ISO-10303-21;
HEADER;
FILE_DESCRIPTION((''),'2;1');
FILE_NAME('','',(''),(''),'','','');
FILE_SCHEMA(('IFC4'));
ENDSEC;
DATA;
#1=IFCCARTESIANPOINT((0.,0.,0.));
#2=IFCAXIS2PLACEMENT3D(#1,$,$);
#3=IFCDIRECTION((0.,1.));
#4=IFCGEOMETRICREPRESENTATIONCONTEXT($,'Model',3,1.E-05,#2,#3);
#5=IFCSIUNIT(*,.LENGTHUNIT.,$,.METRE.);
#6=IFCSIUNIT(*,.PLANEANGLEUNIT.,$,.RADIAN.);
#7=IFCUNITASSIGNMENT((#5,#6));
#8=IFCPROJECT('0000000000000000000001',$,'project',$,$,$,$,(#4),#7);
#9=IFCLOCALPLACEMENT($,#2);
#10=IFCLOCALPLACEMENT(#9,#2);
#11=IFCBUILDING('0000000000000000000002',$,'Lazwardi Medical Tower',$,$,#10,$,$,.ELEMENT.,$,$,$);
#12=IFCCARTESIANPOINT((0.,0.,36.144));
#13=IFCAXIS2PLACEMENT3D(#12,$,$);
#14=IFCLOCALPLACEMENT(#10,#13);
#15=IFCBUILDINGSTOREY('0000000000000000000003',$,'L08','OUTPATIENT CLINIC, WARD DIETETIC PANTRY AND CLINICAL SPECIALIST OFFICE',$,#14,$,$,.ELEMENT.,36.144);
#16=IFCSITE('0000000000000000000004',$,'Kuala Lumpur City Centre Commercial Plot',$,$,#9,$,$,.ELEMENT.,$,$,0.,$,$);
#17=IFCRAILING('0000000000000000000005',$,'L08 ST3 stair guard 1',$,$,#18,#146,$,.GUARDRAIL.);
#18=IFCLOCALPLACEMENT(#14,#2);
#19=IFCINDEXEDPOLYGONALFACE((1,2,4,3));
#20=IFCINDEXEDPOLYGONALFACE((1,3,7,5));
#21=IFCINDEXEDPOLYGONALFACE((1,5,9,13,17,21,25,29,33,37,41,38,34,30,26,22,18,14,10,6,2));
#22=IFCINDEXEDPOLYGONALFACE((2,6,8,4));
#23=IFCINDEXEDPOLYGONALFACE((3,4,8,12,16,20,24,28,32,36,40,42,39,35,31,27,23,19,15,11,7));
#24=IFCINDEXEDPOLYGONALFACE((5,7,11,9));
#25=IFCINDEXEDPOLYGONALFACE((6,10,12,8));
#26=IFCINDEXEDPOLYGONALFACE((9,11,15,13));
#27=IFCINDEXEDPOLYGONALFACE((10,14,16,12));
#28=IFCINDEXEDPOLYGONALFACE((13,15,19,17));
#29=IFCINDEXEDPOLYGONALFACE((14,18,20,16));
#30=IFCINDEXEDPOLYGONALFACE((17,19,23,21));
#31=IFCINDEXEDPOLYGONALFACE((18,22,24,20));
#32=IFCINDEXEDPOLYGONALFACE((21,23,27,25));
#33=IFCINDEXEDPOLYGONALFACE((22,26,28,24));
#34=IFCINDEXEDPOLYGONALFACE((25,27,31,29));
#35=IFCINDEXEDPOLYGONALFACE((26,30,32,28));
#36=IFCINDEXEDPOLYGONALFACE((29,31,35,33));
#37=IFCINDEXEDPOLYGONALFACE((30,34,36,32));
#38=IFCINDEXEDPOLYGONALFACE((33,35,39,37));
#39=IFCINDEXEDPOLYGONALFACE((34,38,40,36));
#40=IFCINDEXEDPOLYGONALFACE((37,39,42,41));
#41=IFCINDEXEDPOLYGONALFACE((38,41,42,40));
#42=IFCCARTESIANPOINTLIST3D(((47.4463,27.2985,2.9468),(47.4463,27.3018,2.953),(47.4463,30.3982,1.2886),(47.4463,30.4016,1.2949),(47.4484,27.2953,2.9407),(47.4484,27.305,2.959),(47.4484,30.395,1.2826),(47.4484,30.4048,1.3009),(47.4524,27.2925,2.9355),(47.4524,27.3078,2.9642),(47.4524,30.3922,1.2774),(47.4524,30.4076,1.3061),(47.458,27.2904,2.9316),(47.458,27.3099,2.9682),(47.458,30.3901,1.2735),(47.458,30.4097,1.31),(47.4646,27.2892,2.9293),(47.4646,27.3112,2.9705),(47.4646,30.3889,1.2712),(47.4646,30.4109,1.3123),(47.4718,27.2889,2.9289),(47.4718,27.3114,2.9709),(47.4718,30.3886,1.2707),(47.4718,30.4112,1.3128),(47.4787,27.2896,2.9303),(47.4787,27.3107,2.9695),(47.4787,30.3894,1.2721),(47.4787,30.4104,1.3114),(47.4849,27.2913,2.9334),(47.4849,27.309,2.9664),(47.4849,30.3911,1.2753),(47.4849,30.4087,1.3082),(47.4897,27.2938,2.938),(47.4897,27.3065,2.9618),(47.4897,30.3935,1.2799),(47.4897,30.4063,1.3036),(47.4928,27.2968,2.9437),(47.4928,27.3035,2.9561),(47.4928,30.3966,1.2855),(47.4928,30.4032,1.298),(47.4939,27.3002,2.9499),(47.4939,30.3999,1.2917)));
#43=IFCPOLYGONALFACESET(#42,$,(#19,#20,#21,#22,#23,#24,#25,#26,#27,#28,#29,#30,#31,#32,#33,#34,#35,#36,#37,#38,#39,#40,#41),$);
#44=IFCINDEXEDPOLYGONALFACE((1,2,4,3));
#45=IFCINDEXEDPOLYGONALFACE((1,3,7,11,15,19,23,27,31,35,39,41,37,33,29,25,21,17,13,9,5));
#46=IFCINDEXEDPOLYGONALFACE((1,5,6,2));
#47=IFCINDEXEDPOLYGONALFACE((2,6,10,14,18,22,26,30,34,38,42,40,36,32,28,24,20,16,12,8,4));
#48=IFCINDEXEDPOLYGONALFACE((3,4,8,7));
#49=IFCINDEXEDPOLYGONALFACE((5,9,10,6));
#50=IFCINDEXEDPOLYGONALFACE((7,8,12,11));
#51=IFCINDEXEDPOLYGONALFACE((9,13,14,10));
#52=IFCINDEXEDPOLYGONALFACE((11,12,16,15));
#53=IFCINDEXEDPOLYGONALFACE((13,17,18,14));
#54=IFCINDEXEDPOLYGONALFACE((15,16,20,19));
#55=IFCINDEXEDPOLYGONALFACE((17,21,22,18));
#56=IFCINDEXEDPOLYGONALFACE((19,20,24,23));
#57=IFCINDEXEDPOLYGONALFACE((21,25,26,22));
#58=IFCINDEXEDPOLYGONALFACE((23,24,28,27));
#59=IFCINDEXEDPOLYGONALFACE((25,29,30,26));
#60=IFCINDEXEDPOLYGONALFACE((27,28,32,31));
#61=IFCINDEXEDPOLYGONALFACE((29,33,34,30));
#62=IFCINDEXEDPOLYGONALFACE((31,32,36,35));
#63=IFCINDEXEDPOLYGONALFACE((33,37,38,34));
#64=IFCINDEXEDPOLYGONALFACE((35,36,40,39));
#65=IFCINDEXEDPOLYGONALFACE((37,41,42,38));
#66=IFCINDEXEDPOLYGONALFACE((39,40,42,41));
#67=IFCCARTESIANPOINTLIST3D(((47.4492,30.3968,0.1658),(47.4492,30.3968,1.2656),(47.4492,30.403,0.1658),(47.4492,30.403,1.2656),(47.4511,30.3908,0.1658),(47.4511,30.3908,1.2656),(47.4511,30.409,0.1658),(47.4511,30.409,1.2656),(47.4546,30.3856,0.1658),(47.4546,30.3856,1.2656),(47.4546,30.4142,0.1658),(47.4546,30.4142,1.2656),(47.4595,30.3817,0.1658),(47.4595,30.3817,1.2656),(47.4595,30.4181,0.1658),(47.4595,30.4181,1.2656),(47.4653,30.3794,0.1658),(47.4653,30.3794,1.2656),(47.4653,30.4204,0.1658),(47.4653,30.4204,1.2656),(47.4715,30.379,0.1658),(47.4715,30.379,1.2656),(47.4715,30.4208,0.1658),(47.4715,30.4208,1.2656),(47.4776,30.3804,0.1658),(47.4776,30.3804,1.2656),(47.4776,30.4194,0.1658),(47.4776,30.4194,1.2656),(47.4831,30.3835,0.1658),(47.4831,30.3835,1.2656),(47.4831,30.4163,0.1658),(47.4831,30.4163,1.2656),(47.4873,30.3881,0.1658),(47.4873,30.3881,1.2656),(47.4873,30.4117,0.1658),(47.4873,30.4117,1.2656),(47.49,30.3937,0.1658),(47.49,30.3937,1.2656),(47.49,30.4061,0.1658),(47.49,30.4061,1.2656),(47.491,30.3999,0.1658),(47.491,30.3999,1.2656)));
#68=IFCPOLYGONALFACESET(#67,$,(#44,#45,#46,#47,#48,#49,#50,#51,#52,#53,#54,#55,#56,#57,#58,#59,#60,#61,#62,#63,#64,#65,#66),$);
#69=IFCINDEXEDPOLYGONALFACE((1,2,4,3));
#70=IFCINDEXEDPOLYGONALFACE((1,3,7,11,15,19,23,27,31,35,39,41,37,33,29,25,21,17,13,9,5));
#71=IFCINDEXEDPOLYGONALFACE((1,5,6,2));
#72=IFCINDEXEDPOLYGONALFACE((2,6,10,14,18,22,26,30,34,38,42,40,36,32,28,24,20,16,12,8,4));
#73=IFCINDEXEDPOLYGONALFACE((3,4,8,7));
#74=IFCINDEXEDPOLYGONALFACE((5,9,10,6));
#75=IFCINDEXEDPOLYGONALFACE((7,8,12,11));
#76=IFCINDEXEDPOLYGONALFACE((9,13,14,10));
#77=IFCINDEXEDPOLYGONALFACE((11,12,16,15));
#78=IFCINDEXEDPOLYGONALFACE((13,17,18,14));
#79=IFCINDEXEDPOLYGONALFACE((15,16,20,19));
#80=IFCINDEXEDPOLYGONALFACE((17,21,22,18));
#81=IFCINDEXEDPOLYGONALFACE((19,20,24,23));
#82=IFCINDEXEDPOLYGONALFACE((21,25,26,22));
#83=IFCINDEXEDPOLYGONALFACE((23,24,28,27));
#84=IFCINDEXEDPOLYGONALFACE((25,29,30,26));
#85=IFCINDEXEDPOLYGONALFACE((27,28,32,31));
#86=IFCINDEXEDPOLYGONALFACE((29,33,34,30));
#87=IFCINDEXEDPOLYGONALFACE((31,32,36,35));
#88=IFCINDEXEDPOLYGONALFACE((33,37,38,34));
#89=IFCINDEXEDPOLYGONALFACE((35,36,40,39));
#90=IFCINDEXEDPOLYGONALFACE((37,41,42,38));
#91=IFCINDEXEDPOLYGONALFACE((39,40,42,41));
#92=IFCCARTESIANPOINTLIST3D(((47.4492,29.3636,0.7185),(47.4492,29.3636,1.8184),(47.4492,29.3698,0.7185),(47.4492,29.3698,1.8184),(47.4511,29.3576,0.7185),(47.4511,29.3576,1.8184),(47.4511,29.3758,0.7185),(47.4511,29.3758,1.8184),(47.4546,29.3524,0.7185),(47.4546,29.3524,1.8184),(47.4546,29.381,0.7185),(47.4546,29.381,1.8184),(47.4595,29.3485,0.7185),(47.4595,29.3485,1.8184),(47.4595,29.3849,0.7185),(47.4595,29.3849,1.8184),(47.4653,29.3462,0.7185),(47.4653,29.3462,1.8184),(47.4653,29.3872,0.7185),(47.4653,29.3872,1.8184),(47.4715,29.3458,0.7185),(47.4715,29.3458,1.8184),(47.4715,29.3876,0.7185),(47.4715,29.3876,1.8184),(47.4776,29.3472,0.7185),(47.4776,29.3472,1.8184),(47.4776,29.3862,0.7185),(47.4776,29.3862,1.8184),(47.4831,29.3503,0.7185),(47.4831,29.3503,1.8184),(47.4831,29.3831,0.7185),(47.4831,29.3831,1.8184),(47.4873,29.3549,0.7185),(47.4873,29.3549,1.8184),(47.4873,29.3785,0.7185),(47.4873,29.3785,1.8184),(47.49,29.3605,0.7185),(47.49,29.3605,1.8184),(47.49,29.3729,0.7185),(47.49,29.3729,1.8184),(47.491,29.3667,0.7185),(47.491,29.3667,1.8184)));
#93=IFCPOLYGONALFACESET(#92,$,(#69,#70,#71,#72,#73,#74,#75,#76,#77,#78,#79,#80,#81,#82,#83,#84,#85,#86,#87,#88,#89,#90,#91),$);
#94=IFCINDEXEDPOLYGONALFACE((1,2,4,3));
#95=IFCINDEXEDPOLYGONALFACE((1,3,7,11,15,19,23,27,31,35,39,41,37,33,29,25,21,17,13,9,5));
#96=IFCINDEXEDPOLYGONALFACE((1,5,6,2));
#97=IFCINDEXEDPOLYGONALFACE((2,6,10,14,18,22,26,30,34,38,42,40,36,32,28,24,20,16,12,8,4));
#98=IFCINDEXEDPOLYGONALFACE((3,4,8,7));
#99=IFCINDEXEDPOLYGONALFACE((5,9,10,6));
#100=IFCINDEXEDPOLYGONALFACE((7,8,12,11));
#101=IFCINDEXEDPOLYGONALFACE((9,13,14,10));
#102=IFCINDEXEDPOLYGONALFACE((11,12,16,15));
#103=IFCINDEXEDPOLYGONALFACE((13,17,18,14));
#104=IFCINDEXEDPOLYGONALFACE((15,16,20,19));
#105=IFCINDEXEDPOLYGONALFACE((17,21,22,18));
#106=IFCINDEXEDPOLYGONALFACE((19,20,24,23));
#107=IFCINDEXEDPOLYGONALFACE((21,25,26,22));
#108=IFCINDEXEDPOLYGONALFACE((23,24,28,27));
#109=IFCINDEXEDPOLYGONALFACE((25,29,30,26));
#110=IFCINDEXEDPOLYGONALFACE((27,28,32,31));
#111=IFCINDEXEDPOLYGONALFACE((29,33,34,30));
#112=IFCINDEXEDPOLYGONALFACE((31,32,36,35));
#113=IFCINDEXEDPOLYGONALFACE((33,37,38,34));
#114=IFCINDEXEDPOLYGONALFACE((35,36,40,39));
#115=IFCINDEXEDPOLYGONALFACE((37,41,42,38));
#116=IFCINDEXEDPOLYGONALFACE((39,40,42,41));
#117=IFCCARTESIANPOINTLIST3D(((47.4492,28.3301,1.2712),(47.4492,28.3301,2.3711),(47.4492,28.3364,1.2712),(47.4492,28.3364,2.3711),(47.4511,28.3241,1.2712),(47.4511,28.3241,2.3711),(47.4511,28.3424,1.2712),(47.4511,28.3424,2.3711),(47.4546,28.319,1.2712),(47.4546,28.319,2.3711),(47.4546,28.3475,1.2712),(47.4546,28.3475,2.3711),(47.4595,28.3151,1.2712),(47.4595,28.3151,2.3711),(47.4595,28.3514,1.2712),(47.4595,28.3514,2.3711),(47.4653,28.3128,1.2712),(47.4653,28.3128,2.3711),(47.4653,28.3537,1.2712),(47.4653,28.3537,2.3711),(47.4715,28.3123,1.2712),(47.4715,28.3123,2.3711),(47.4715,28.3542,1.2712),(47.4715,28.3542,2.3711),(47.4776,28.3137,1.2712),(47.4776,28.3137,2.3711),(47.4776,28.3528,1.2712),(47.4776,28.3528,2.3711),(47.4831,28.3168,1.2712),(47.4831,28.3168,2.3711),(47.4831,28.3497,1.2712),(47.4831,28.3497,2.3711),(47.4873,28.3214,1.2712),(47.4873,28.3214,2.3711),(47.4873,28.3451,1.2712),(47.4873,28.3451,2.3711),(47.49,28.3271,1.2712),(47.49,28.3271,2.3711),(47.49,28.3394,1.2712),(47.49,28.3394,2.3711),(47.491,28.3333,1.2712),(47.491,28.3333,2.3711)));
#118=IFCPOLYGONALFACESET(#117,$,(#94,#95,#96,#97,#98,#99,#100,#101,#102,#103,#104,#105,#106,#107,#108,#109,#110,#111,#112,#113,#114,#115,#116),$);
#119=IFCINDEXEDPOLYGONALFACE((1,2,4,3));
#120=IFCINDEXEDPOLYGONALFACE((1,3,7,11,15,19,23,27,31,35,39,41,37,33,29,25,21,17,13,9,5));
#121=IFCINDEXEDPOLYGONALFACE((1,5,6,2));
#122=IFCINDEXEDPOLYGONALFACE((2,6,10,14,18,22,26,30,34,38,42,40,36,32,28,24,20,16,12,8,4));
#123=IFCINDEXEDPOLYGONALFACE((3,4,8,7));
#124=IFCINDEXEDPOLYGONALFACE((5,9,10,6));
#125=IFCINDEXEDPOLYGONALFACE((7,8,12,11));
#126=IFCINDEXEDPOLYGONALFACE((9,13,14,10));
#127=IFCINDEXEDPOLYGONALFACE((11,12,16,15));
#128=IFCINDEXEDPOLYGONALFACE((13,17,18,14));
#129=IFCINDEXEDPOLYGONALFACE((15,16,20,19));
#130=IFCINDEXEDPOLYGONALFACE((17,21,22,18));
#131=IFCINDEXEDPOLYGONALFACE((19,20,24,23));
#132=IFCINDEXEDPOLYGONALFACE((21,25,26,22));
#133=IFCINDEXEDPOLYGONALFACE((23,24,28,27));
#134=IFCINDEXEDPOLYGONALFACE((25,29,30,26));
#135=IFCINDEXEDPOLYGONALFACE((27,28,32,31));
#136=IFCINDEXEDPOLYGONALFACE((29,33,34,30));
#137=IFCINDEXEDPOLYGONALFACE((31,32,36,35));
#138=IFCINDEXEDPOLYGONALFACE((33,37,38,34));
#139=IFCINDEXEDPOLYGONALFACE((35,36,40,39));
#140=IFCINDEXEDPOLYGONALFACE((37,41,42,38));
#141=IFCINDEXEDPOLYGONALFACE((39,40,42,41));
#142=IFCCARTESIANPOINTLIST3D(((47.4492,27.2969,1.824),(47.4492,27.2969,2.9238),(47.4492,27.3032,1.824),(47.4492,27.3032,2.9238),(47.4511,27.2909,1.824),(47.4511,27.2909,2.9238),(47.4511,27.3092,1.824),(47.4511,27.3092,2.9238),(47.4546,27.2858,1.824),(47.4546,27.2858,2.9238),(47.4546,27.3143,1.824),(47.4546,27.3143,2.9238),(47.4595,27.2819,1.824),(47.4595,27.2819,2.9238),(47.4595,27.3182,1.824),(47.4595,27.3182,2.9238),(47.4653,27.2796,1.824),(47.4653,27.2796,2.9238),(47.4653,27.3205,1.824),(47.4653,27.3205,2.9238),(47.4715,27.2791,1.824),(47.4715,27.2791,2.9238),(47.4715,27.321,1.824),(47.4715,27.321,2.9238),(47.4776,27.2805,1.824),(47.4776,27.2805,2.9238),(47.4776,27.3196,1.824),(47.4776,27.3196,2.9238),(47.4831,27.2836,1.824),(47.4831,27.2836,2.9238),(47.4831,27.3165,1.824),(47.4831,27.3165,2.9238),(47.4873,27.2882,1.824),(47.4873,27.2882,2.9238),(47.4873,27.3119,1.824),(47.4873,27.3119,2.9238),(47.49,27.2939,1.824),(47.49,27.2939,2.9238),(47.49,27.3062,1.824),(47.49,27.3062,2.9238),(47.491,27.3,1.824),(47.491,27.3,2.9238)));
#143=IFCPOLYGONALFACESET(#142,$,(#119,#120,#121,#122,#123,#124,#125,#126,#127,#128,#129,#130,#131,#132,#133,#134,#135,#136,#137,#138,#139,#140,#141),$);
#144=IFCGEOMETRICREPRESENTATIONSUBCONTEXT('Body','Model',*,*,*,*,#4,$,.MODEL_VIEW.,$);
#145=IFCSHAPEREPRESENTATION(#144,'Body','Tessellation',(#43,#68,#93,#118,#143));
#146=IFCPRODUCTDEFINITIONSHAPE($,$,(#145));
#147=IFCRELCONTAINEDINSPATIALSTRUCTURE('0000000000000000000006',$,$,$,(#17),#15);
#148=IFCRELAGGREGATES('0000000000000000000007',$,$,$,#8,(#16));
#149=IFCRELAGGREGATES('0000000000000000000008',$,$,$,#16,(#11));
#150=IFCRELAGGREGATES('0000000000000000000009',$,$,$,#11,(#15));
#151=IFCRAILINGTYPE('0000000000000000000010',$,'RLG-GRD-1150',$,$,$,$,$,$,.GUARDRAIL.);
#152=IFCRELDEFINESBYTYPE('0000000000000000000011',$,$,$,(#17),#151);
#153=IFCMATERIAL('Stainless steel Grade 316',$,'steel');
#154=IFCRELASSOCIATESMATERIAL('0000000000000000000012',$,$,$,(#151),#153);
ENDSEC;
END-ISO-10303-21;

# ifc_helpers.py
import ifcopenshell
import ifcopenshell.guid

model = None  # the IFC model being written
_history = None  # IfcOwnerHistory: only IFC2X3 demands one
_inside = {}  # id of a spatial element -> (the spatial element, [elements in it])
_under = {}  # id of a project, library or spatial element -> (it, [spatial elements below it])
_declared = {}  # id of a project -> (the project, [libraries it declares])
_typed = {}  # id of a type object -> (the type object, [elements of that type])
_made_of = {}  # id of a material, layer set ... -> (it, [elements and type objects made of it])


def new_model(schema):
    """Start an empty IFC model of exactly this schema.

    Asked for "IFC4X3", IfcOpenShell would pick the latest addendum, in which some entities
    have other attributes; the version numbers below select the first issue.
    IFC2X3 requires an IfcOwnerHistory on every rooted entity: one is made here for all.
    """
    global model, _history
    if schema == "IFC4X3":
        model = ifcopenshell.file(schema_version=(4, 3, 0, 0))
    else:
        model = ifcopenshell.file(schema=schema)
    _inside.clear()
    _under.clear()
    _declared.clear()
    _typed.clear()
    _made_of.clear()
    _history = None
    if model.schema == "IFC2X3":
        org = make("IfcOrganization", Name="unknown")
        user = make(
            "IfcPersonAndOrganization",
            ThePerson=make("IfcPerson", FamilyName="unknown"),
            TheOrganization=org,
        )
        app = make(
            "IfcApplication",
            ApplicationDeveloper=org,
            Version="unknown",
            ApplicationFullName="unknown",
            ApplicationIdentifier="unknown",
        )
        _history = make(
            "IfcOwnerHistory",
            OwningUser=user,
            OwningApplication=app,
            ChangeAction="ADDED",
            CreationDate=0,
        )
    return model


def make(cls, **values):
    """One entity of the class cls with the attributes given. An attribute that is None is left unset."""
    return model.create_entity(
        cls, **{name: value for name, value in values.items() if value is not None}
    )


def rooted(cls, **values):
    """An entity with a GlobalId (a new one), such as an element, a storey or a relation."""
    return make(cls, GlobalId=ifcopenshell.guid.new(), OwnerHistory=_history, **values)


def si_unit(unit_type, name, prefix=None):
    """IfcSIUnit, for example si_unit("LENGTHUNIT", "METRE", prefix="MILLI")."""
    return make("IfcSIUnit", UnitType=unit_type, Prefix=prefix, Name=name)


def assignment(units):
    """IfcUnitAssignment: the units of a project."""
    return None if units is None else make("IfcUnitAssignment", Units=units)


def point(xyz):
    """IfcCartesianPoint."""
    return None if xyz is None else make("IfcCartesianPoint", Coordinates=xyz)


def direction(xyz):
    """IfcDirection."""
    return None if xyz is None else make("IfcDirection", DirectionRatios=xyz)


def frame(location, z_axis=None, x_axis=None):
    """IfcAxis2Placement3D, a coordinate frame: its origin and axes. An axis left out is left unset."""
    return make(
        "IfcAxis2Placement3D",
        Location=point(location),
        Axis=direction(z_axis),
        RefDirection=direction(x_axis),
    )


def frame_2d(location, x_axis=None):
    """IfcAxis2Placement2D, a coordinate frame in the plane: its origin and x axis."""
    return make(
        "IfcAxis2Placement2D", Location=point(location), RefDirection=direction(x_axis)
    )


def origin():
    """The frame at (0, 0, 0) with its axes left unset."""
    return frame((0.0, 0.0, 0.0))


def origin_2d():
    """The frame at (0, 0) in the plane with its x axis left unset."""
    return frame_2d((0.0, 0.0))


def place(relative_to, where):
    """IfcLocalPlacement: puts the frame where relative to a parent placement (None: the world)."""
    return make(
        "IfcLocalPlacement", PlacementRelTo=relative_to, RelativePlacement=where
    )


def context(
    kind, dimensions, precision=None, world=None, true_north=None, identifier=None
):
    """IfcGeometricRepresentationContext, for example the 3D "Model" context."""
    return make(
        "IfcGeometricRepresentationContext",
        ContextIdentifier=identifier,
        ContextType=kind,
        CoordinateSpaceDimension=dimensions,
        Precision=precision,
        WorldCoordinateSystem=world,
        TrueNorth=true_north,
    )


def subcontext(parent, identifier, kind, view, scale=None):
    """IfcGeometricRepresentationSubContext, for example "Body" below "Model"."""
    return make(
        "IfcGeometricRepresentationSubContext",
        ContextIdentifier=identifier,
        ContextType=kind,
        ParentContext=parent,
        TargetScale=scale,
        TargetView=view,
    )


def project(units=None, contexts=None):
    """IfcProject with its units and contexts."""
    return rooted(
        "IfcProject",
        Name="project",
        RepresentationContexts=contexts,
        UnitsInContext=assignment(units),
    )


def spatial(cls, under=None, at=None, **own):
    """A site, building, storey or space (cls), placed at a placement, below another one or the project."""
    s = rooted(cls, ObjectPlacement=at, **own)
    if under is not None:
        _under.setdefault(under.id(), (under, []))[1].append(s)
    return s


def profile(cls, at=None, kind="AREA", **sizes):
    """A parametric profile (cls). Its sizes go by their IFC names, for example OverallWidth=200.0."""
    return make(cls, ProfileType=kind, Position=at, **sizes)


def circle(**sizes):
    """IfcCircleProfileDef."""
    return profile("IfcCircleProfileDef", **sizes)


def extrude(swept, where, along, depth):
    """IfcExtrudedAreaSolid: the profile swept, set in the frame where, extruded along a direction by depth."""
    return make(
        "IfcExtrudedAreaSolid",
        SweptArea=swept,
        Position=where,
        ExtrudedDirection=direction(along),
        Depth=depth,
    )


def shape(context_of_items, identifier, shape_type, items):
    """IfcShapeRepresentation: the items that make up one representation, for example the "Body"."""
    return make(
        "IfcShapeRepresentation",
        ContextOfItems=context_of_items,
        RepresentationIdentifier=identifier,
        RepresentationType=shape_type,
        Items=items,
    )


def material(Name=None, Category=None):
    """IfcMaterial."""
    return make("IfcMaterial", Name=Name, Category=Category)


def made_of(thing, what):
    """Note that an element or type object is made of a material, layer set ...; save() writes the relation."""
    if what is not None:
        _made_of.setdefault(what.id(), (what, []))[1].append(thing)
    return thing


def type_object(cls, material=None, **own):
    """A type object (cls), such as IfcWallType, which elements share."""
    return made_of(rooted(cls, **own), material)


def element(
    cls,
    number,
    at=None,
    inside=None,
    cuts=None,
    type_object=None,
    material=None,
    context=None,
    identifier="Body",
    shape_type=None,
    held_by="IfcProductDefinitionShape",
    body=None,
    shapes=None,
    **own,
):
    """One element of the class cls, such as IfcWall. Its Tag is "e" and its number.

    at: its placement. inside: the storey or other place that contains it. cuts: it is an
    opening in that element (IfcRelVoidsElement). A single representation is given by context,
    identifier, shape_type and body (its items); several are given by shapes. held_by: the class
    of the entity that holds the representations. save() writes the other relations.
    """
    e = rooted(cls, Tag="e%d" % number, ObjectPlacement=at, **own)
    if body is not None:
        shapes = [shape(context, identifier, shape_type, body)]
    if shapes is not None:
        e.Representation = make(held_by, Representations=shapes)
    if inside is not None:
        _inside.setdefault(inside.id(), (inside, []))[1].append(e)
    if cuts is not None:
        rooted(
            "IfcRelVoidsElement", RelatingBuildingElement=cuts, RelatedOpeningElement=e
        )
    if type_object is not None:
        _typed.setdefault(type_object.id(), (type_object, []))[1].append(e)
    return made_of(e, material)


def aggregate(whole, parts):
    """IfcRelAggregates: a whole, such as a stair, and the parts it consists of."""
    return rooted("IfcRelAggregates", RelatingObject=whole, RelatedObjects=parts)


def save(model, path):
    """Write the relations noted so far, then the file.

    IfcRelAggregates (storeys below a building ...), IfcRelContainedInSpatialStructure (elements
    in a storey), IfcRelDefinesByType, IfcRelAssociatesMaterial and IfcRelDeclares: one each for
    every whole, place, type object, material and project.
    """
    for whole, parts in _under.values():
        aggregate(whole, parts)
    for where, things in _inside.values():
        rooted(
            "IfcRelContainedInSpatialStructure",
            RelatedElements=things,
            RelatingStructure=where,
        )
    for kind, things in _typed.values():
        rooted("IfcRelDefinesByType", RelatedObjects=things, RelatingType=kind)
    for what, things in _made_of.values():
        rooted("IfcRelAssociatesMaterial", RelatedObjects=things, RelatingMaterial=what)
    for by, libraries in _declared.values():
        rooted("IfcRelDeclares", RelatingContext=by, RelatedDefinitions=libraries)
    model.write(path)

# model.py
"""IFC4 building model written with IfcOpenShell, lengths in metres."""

from ifc_helpers import new_model, si_unit, direction, frame, origin, origin_2d, place, context, subcontext, project, spatial, circle, extrude, material, type_object, element, save


model = new_model("IFC4")

# Units and contexts
model_context = context("Model", 3, precision=1e-05, world=origin(), true_north=direction((0.0, 1.0)))
body_context = subcontext(model_context, "Body", "Model", "MODEL_VIEW")
ifc_project = project(units=[si_unit("LENGTHUNIT", "METRE"), si_unit("PLANEANGLEUNIT", "RADIAN")], contexts=[model_context])

# Site, building, storey
site_placement = place(None, origin())
site = spatial("IfcSite", under=ifc_project, at=site_placement, Name="Kuala Lumpur City Centre Commercial Plot", CompositionType="ELEMENT", RefElevation=0.0)
building_placement = place(site_placement, origin())
building = spatial("IfcBuilding", under=site, at=building_placement, Name="Lazwardi Medical Tower", CompositionType="ELEMENT")
storey_placement = place(building_placement, frame((0.0, 0.0, 36.144)))
storey = spatial("IfcBuildingStorey", under=building, at=storey_placement, Name="L08", Description="OUTPATIENT CLINIC, WARD DIETETIC PANTRY AND CLINICAL SPECIALIST OFFICE", CompositionType="ELEMENT", Elevation=36.144)

# Railing
ifc_material_1 = material(Name="Stainless steel Grade 316", Category="steel")
railing_type_1 = type_object("IfcRailingType", Name="RLG-GRD-1150", PredefinedType="GUARDRAIL", material=ifc_material_1)
railing_1_placement = place(storey_placement, frame((47.47, 30.3999, 0.1658)))
element("IfcRailing", 1, at=railing_1_placement, inside=storey, type_object=railing_type_1, Name="L08 ST3 stair guard 1", PredefinedType="GUARDRAIL", context=body_context, shape_type="SweptSolid", body=[
    extrude(circle(Radius=0.0239, at=origin_2d()), frame((0.0, 0.0, 1.126), z_axis=(0.0, -0.881768, 0.471684), x_axis=(1.0, 0.0, 0.0)), (0.0, 0.0, 1.0), 3.5154),
    extrude(circle(Radius=0.021, at=origin_2d()), origin(), (0.0, 0.0, 1.0), 1.0999),
    extrude(circle(Radius=0.021, at=origin_2d()), frame((0.0, -1.0332, 0.5527)), (0.0, 0.0, 1.0), 1.0999),
    extrude(circle(Radius=0.021, at=origin_2d()), frame((0.0, -2.0667, 1.1055)), (0.0, 0.0, 1.0), 1.0999),
    extrude(circle(Radius=0.021, at=origin_2d()), frame((0.0, -3.0999, 1.6582)), (0.0, 0.0, 1.0), 1.0999),
])

save(model, "model.ifc")
